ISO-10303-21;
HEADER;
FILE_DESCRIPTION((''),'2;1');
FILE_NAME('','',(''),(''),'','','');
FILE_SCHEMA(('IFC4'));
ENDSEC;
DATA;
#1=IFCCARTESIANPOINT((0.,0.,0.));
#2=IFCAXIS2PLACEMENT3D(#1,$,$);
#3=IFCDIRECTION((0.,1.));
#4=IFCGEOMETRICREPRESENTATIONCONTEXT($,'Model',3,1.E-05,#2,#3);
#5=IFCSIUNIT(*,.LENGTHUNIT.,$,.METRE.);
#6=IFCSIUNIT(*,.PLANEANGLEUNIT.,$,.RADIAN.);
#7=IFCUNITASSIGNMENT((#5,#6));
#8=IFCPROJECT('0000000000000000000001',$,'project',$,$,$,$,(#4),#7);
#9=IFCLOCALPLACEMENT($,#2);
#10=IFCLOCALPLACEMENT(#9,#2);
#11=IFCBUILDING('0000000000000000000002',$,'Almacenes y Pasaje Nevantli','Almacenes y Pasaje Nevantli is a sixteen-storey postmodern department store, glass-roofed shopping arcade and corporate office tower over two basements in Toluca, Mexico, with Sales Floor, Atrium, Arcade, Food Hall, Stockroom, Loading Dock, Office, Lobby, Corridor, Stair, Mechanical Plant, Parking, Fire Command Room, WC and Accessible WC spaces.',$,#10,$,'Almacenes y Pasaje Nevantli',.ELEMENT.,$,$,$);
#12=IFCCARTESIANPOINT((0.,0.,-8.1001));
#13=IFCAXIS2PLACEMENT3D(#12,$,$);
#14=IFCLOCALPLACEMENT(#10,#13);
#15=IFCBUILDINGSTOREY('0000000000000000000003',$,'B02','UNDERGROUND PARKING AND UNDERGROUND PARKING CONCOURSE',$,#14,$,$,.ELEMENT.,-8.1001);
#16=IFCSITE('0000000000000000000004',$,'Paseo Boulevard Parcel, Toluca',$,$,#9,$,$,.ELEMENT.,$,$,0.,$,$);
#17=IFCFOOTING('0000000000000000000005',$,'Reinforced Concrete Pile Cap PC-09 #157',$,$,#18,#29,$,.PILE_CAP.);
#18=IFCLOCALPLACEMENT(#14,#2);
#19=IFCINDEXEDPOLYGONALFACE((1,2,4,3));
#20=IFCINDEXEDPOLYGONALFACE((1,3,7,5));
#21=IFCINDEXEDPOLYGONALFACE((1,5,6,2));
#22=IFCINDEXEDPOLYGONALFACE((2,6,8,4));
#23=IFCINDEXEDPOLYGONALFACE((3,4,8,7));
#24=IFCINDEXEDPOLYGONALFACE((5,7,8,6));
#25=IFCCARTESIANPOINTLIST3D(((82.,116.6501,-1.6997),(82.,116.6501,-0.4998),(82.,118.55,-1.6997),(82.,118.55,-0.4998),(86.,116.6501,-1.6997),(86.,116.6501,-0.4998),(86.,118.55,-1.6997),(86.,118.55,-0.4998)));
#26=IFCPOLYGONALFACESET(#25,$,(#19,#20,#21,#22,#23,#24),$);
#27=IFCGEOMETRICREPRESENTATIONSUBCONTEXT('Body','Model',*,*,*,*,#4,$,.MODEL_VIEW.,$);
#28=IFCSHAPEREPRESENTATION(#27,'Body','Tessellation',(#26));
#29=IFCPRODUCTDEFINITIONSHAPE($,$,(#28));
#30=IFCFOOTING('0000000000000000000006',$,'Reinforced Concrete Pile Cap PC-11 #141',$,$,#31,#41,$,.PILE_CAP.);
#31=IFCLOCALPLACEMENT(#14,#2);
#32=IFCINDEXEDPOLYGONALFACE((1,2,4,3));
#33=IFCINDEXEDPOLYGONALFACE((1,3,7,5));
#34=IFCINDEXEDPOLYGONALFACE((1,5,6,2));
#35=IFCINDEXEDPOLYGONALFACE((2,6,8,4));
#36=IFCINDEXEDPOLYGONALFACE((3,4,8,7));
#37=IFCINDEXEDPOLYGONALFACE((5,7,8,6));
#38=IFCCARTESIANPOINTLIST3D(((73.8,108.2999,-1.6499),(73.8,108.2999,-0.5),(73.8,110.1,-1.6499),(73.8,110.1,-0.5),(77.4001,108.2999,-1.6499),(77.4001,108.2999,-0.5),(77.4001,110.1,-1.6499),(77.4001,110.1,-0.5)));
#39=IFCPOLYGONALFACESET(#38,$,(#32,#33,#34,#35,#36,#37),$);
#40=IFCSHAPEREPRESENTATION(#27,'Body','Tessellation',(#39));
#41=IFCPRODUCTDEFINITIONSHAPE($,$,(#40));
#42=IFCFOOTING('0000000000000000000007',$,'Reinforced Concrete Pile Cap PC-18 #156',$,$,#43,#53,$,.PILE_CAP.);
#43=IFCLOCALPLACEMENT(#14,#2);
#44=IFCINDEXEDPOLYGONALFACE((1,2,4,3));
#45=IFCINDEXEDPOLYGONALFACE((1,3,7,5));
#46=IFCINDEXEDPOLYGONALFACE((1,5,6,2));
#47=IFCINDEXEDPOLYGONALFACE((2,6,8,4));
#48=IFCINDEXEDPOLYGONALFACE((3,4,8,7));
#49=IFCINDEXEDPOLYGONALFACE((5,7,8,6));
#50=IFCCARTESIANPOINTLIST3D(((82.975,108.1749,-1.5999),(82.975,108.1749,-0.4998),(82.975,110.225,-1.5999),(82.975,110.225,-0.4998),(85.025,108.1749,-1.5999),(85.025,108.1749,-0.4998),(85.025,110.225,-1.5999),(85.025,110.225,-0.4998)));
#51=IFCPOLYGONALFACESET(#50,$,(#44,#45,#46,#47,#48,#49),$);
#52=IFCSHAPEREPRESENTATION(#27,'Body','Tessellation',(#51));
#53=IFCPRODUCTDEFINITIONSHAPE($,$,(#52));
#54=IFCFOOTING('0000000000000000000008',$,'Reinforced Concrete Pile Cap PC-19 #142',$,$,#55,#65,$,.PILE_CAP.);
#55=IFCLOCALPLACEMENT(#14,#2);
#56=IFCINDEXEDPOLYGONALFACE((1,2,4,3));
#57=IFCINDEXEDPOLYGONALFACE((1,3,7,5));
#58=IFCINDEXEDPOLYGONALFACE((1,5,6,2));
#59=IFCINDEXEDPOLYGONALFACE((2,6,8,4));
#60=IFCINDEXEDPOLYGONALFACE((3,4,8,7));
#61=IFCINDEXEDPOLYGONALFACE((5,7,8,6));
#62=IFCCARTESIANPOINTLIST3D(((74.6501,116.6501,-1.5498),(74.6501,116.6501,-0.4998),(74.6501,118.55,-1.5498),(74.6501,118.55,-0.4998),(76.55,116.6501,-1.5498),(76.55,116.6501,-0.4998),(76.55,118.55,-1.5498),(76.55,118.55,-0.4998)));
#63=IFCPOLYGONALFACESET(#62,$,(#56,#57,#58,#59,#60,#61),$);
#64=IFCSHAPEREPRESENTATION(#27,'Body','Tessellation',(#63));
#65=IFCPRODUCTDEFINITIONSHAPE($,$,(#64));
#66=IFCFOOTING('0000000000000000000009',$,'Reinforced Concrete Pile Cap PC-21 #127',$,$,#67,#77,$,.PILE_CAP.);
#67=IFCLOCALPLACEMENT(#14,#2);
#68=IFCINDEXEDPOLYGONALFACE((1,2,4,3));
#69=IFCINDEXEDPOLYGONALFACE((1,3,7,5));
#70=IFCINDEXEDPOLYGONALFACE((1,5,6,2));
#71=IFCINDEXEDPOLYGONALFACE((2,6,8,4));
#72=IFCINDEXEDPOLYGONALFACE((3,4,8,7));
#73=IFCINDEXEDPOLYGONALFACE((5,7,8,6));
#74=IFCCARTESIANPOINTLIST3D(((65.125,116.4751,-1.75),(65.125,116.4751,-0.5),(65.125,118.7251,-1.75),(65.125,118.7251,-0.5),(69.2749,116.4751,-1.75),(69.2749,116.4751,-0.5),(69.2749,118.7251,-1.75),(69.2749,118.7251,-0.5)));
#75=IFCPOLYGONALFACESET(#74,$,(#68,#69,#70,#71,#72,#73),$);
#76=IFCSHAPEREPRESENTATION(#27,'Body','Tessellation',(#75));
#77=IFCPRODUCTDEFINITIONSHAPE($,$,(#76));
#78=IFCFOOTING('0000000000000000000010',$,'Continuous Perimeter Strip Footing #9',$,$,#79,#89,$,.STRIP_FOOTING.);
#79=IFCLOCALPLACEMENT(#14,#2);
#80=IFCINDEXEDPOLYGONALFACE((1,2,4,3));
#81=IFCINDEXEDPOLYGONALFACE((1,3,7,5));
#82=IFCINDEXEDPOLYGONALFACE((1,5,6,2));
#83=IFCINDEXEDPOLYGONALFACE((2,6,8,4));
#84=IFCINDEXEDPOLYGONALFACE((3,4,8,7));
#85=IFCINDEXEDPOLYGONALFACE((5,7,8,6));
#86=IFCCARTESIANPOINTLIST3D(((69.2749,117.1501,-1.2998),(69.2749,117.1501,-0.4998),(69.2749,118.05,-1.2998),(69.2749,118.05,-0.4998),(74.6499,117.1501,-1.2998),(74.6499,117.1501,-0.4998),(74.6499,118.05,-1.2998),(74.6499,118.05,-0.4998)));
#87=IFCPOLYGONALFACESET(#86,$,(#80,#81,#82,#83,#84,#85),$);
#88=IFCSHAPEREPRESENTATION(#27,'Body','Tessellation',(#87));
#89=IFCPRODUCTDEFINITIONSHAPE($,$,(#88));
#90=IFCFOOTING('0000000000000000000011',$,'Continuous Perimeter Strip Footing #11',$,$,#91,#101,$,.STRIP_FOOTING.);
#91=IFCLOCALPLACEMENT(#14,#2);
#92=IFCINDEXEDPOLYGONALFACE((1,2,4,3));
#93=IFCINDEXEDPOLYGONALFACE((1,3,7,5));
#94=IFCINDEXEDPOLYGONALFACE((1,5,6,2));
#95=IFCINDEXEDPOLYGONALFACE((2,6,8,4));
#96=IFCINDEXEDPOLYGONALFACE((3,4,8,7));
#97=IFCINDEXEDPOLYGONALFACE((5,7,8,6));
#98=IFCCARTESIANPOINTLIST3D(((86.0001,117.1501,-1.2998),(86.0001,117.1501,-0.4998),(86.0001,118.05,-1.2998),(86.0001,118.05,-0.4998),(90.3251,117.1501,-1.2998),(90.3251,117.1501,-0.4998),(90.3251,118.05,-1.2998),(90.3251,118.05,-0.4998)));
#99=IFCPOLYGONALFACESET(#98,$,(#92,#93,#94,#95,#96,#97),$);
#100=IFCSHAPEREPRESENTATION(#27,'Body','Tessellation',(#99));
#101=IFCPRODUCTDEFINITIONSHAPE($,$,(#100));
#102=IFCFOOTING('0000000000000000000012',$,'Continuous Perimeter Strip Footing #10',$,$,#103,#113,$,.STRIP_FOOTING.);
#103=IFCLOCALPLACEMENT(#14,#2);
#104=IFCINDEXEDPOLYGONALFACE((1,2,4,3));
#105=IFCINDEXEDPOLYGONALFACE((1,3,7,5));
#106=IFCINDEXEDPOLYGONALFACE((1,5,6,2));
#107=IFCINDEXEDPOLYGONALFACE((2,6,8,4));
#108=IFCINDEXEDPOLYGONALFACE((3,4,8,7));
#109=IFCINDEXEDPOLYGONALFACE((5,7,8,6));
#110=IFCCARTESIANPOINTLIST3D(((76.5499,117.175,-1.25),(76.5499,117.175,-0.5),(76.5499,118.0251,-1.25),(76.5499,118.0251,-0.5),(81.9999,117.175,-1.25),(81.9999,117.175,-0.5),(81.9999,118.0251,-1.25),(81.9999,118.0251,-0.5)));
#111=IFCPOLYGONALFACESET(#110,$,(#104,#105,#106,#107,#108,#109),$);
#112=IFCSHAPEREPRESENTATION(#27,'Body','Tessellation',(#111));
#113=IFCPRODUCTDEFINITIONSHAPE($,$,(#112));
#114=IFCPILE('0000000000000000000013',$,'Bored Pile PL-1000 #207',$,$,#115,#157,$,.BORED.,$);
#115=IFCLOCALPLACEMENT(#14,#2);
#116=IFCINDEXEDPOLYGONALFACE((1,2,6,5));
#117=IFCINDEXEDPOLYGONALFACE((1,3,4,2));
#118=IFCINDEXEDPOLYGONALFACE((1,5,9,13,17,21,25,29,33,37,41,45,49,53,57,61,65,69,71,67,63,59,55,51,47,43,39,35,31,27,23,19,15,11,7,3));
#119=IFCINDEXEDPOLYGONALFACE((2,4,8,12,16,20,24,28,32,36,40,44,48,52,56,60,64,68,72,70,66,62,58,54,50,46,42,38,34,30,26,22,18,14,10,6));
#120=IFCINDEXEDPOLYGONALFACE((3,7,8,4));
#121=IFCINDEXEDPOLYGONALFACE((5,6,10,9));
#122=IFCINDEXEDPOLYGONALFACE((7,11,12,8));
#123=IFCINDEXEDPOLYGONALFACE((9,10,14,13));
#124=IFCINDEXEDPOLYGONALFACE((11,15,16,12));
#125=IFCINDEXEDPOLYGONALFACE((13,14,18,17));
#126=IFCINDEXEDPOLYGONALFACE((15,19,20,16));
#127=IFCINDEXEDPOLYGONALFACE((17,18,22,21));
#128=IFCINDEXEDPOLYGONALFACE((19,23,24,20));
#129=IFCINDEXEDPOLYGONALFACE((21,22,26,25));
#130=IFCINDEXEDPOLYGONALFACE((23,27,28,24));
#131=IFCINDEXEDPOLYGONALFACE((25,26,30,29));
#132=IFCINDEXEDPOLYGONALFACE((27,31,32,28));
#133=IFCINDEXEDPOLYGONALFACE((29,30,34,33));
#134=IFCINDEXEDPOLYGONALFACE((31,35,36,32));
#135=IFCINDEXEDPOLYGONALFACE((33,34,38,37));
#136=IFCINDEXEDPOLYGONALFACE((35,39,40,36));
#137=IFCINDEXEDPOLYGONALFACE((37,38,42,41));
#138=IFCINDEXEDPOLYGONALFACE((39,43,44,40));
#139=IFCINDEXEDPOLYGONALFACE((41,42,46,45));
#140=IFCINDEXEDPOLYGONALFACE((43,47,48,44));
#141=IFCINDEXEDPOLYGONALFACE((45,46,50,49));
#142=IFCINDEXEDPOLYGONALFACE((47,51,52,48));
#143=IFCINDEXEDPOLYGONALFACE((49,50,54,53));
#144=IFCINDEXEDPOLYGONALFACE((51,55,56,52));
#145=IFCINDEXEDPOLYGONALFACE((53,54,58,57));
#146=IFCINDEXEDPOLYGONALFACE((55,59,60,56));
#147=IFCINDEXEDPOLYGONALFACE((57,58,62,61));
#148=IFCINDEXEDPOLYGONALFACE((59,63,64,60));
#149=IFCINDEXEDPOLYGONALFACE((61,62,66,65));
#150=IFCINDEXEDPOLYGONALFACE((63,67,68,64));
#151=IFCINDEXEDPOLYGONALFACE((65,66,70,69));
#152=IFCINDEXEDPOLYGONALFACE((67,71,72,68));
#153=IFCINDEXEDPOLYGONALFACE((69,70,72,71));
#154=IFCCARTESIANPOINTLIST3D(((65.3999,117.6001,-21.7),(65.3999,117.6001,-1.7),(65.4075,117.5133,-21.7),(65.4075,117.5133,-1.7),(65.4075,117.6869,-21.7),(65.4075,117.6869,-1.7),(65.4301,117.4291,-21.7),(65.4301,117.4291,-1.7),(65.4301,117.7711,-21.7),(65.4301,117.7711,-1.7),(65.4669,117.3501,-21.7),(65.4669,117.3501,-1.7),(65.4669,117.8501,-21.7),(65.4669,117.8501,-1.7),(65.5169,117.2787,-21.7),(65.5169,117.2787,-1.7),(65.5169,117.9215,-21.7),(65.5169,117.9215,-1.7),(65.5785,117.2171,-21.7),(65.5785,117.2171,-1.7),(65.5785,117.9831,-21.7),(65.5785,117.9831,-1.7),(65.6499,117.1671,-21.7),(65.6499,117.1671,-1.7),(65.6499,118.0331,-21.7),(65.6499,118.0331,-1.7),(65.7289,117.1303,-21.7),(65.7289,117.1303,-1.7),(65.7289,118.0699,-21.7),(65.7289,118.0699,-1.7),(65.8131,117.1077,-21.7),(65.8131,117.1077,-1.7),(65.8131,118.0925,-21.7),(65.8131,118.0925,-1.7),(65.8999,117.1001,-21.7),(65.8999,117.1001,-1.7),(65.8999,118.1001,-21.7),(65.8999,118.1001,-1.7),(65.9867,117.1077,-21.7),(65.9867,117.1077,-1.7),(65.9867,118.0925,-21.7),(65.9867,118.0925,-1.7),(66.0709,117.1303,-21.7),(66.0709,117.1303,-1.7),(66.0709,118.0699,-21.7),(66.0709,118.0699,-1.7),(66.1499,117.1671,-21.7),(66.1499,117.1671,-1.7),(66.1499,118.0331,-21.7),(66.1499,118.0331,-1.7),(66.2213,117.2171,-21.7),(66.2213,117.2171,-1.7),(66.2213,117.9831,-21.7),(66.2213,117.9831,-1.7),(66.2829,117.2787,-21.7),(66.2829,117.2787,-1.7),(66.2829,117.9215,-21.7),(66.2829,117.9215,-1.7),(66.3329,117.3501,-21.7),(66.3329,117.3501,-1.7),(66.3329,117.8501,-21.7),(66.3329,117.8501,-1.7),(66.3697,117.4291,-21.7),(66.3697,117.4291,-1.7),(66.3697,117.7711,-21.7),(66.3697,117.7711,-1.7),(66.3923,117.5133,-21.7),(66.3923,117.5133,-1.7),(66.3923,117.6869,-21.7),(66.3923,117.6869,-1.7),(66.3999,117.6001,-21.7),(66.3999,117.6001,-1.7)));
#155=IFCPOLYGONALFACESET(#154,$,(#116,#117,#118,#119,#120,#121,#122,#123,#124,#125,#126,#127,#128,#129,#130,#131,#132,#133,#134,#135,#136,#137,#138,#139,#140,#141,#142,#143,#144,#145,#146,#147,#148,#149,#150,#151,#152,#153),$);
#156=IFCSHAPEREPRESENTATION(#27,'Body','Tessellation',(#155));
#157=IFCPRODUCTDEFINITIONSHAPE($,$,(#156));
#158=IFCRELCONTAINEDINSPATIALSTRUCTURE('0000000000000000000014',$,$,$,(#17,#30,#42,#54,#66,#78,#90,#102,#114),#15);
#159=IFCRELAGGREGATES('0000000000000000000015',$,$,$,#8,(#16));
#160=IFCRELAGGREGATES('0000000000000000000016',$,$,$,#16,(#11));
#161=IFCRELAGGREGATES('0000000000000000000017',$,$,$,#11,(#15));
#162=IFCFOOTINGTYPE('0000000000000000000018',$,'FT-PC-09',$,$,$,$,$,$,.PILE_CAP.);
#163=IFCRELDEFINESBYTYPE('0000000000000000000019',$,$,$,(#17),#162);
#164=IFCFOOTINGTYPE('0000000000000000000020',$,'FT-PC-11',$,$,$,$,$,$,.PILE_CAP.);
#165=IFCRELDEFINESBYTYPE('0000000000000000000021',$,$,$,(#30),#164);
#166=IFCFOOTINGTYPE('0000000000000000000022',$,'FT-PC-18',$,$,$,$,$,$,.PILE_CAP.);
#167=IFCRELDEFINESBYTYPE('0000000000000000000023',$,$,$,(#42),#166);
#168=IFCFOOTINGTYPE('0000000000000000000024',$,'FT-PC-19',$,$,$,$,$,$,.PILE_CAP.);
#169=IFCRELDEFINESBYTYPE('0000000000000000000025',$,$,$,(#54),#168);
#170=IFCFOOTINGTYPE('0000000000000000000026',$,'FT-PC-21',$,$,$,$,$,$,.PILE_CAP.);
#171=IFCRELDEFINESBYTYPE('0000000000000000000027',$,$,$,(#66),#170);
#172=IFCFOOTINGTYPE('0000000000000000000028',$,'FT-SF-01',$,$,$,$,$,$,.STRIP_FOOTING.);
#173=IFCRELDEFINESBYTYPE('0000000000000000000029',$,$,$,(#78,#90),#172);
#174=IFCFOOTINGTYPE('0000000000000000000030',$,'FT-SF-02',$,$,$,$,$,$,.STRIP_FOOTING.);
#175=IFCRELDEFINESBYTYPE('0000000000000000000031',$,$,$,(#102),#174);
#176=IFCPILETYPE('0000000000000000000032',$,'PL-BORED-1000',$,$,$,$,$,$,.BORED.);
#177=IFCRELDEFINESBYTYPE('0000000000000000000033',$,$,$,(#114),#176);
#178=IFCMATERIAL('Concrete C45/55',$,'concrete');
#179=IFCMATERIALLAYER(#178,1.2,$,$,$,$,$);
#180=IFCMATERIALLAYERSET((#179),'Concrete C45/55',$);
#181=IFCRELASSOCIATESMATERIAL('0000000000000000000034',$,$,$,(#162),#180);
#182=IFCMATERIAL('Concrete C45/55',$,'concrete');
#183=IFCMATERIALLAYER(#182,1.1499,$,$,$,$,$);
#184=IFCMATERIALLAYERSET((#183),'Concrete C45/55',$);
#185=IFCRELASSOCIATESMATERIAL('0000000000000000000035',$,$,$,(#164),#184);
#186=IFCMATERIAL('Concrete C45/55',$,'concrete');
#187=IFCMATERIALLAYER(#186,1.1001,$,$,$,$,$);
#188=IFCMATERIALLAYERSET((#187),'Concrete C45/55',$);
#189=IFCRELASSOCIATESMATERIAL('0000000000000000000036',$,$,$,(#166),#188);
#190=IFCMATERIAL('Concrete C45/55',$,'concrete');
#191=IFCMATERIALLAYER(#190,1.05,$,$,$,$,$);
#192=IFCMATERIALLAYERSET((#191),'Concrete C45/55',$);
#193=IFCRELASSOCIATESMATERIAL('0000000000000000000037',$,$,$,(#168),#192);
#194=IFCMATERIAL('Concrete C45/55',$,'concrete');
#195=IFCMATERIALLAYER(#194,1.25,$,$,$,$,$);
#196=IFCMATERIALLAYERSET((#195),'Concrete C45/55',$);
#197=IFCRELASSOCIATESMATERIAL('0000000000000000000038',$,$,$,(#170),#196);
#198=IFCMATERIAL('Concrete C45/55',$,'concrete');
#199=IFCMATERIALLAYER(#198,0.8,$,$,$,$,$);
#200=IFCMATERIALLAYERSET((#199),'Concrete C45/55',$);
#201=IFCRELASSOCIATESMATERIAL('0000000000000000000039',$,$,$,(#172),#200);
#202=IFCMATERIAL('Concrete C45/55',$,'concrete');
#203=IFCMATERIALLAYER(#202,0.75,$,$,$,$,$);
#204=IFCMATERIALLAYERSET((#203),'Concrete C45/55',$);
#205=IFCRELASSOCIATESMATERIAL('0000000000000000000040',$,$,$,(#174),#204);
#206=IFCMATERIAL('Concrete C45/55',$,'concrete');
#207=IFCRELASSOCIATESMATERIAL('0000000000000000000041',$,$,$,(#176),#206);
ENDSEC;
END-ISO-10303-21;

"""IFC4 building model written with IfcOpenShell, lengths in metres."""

from ifc_helpers import new_model, si_unit, direction, frame, origin, origin_2d, place, context, subcontext, project, spatial, rectangle, circle, extrude, material, layer, layer_set, material_profile, profile_set, type_object, element, save


model = new_model("IFC4")

# Units and contexts
model_context = context("Model", 3, precision=1e-05, world=origin(), true_north=direction((0.0, 1.0)))
body_context = subcontext(model_context, "Body", "Model", "MODEL_VIEW")
ifc_project = project(units=[si_unit("LENGTHUNIT", "METRE"), si_unit("PLANEANGLEUNIT", "RADIAN")], contexts=[model_context])

# Site, building, storey
site_placement = place(None, origin())
site = spatial("IfcSite", under=ifc_project, at=site_placement, Name="Paseo Boulevard Parcel, Toluca", CompositionType="ELEMENT", RefElevation=0.0)
building_placement = place(site_placement, origin())
building = spatial("IfcBuilding", under=site, at=building_placement, Name="Almacenes y Pasaje Nevantli", Description="Almacenes y Pasaje Nevantli is a sixteen-storey postmodern department store, glass-roofed shopping arcade and corporate office tower over two basements in Toluca, Mexico, with Sales Floor, Atrium, Arcade, Food Hall, Stockroom, Loading Dock, Office, Lobby, Corridor, Stair, Mechanical Plant, Parking, Fire Command Room, WC and Accessible WC spaces.", LongName="Almacenes y Pasaje Nevantli", CompositionType="ELEMENT")
storey_placement = place(building_placement, frame((0.0, 0.0, -8.1001)))
storey = spatial("IfcBuildingStorey", under=building, at=storey_placement, Name="B02", Description="UNDERGROUND PARKING AND UNDERGROUND PARKING CONCOURSE", CompositionType="ELEMENT", Elevation=-8.1001)

# Footings
ifc_material_1 = material(Name="Concrete C45/55", Category="concrete")
ifc_layer_1 = layer(ifc_material_1, 1.2)
ifc_layer_set_1 = layer_set([ifc_layer_1], Name="Concrete C45/55")
footing_type_1 = type_object("IfcFootingType", Name="FT-PC-09", PredefinedType="PILE_CAP", material=ifc_layer_set_1)
footing_1_placement = place(storey_placement, frame((84.0, 117.6001, -1.6997), z_axis=(0.0, 0.0, 1.0), x_axis=(1.0, 0.0, 0.0)))
element("IfcFooting", 1, at=footing_1_placement, inside=storey, type_object=footing_type_1, Name="Reinforced Concrete Pile Cap PC-09 #157", PredefinedType="PILE_CAP", context=body_context, shape_type="SweptSolid", body=[
    extrude(rectangle(XDim=4.0, YDim=1.8999, at=origin_2d()), origin(), (0.0, 0.0, 1.0), 1.2),
])
ifc_material_2 = material(Name="Concrete C45/55", Category="concrete")
ifc_layer_2 = layer(ifc_material_2, 1.1499)
ifc_layer_set_2 = layer_set([ifc_layer_2], Name="Concrete C45/55")
footing_type_2 = type_object("IfcFootingType", Name="FT-PC-11", PredefinedType="PILE_CAP", material=ifc_layer_set_2)
footing_2_placement = place(storey_placement, frame((75.6001, 109.2, -1.6499), z_axis=(0.0, 0.0, 1.0), x_axis=(1.0, 0.0, 0.0)))
element("IfcFooting", 2, at=footing_2_placement, inside=storey, type_object=footing_type_2, Name="Reinforced Concrete Pile Cap PC-11 #141", PredefinedType="PILE_CAP", context=body_context, shape_type="SweptSolid", body=[
    extrude(rectangle(XDim=3.6001, YDim=1.8, at=origin_2d()), origin(), (0.0, 0.0, 1.0), 1.1499),
])
ifc_material_3 = material(Name="Concrete C45/55", Category="concrete")
ifc_layer_3 = layer(ifc_material_3, 1.1001)
ifc_layer_set_3 = layer_set([ifc_layer_3], Name="Concrete C45/55")
footing_type_3 = type_object("IfcFootingType", Name="FT-PC-18", PredefinedType="PILE_CAP", material=ifc_layer_set_3)
footing_3_placement = place(storey_placement, frame((84.0, 109.2, -1.5999), z_axis=(0.0, 0.0, 1.0), x_axis=(1.0, 0.0, 0.0)))
element("IfcFooting", 3, at=footing_3_placement, inside=storey, type_object=footing_type_3, Name="Reinforced Concrete Pile Cap PC-18 #156", PredefinedType="PILE_CAP", context=body_context, shape_type="SweptSolid", body=[
    extrude(rectangle(XDim=2.05, YDim=2.05, at=origin_2d()), origin(), (0.0, 0.0, 1.0), 1.1001),
])
ifc_material_4 = material(Name="Concrete C45/55", Category="concrete")
ifc_layer_4 = layer(ifc_material_4, 1.05)
ifc_layer_set_4 = layer_set([ifc_layer_4], Name="Concrete C45/55")
footing_type_4 = type_object("IfcFootingType", Name="FT-PC-19", PredefinedType="PILE_CAP", material=ifc_layer_set_4)
footing_4_placement = place(storey_placement, frame((75.6001, 117.6001, -1.5498), z_axis=(0.0, 0.0, 1.0), x_axis=(1.0, 0.0, 0.0)))
element("IfcFooting", 4, at=footing_4_placement, inside=storey, type_object=footing_type_4, Name="Reinforced Concrete Pile Cap PC-19 #142", PredefinedType="PILE_CAP", context=body_context, shape_type="SweptSolid", body=[
    extrude(rectangle(XDim=1.8999, YDim=1.8999, at=origin_2d()), origin(), (0.0, 0.0, 1.0), 1.05),
])
ifc_material_5 = material(Name="Concrete C45/55", Category="concrete")
ifc_layer_5 = layer(ifc_material_5, 1.25)
ifc_layer_set_5 = layer_set([ifc_layer_5], Name="Concrete C45/55")
footing_type_5 = type_object("IfcFootingType", Name="FT-PC-21", PredefinedType="PILE_CAP", material=ifc_layer_set_5)
footing_5_placement = place(storey_placement, frame((67.2, 117.6001, -1.75), z_axis=(0.0, 0.0, 1.0), x_axis=(1.0, 0.0, 0.0)))
element("IfcFooting", 5, at=footing_5_placement, inside=storey, type_object=footing_type_5, Name="Reinforced Concrete Pile Cap PC-21 #127", PredefinedType="PILE_CAP", context=body_context, shape_type="SweptSolid", body=[
    extrude(rectangle(XDim=4.1499, YDim=2.25, at=origin_2d()), origin(), (0.0, 0.0, 1.0), 1.25),
])
ifc_material_6 = material(Name="Concrete C45/55", Category="concrete")
ifc_layer_6 = layer(ifc_material_6, 0.8)
ifc_layer_set_6 = layer_set([ifc_layer_6], Name="Concrete C45/55")
footing_type_6 = type_object("IfcFootingType", Name="FT-SF-01", PredefinedType="STRIP_FOOTING", material=ifc_layer_set_6)
footing_6_placement = place(storey_placement, frame((71.9624, 117.6001, -1.2998), z_axis=(0.0, 0.0, 1.0), x_axis=(1.0, 0.0, 0.0)))
element("IfcFooting", 6, at=footing_6_placement, inside=storey, type_object=footing_type_6, Name="Continuous Perimeter Strip Footing #9", PredefinedType="STRIP_FOOTING", context=body_context, shape_type="SweptSolid", body=[
    extrude(rectangle(XDim=5.375, YDim=0.8999, at=origin_2d()), origin(), (0.0, 0.0, 1.0), 0.8),
])
footing_7_placement = place(storey_placement, frame((88.1626, 117.6001, -1.2998), z_axis=(0.0, 0.0, 1.0), x_axis=(1.0, 0.0, 0.0)))
element("IfcFooting", 7, at=footing_7_placement, inside=storey, type_object=footing_type_6, Name="Continuous Perimeter Strip Footing #11", PredefinedType="STRIP_FOOTING", context=body_context, shape_type="SweptSolid", body=[
    extrude(rectangle(XDim=4.325, YDim=0.8999, at=origin_2d()), origin(), (0.0, 0.0, 1.0), 0.8),
])
ifc_material_7 = material(Name="Concrete C45/55", Category="concrete")
ifc_layer_7 = layer(ifc_material_7, 0.75)
ifc_layer_set_7 = layer_set([ifc_layer_7], Name="Concrete C45/55")
footing_type_7 = type_object("IfcFootingType", Name="FT-SF-02", PredefinedType="STRIP_FOOTING", material=ifc_layer_set_7)
footing_8_placement = place(storey_placement, frame((79.2749, 117.6001, -1.25), z_axis=(0.0, 0.0, 1.0), x_axis=(1.0, 0.0, 0.0)))
element("IfcFooting", 8, at=footing_8_placement, inside=storey, type_object=footing_type_7, Name="Continuous Perimeter Strip Footing #10", PredefinedType="STRIP_FOOTING", context=body_context, shape_type="SweptSolid", body=[
    extrude(rectangle(XDim=5.45, YDim=0.8501, at=origin_2d()), origin(), (0.0, 0.0, 1.0), 0.75),
])

# Pile
ifc_material_8 = material(Name="Concrete C45/55", Category="concrete")
ifc_material_profile_1 = material_profile(ifc_material_8, circle(Radius=0.5, at=origin_2d()), Name="RC-PILE-D1000")
ifc_profile_set_1 = profile_set([ifc_material_profile_1], Name="Concrete C45/55")
pile_type_1 = type_object("IfcPileType", Name="PL-BORED-1000", PredefinedType="BORED", material=ifc_profile_set_1)
for number, where, z_axis, x_axis, name in (
    (9, (65.8999, 117.6001, -1.7), (0.0, 0.0, -1.0), (1.0, 0.0, 0.0), "Bored Pile PL-1000 #207"),
):
    element("IfcPile", number, at=place(storey_placement, frame(where, z_axis=z_axis, x_axis=x_axis)), inside=storey, type_object=pile_type_1, Name=name, PredefinedType="BORED", context=body_context, shape_type="SweptSolid", body=[
        extrude(circle(Radius=0.5, at=origin_2d()), origin(), (0.0, 0.0, 1.0), 20.0),
    ])

save(model, "model.ifc")
